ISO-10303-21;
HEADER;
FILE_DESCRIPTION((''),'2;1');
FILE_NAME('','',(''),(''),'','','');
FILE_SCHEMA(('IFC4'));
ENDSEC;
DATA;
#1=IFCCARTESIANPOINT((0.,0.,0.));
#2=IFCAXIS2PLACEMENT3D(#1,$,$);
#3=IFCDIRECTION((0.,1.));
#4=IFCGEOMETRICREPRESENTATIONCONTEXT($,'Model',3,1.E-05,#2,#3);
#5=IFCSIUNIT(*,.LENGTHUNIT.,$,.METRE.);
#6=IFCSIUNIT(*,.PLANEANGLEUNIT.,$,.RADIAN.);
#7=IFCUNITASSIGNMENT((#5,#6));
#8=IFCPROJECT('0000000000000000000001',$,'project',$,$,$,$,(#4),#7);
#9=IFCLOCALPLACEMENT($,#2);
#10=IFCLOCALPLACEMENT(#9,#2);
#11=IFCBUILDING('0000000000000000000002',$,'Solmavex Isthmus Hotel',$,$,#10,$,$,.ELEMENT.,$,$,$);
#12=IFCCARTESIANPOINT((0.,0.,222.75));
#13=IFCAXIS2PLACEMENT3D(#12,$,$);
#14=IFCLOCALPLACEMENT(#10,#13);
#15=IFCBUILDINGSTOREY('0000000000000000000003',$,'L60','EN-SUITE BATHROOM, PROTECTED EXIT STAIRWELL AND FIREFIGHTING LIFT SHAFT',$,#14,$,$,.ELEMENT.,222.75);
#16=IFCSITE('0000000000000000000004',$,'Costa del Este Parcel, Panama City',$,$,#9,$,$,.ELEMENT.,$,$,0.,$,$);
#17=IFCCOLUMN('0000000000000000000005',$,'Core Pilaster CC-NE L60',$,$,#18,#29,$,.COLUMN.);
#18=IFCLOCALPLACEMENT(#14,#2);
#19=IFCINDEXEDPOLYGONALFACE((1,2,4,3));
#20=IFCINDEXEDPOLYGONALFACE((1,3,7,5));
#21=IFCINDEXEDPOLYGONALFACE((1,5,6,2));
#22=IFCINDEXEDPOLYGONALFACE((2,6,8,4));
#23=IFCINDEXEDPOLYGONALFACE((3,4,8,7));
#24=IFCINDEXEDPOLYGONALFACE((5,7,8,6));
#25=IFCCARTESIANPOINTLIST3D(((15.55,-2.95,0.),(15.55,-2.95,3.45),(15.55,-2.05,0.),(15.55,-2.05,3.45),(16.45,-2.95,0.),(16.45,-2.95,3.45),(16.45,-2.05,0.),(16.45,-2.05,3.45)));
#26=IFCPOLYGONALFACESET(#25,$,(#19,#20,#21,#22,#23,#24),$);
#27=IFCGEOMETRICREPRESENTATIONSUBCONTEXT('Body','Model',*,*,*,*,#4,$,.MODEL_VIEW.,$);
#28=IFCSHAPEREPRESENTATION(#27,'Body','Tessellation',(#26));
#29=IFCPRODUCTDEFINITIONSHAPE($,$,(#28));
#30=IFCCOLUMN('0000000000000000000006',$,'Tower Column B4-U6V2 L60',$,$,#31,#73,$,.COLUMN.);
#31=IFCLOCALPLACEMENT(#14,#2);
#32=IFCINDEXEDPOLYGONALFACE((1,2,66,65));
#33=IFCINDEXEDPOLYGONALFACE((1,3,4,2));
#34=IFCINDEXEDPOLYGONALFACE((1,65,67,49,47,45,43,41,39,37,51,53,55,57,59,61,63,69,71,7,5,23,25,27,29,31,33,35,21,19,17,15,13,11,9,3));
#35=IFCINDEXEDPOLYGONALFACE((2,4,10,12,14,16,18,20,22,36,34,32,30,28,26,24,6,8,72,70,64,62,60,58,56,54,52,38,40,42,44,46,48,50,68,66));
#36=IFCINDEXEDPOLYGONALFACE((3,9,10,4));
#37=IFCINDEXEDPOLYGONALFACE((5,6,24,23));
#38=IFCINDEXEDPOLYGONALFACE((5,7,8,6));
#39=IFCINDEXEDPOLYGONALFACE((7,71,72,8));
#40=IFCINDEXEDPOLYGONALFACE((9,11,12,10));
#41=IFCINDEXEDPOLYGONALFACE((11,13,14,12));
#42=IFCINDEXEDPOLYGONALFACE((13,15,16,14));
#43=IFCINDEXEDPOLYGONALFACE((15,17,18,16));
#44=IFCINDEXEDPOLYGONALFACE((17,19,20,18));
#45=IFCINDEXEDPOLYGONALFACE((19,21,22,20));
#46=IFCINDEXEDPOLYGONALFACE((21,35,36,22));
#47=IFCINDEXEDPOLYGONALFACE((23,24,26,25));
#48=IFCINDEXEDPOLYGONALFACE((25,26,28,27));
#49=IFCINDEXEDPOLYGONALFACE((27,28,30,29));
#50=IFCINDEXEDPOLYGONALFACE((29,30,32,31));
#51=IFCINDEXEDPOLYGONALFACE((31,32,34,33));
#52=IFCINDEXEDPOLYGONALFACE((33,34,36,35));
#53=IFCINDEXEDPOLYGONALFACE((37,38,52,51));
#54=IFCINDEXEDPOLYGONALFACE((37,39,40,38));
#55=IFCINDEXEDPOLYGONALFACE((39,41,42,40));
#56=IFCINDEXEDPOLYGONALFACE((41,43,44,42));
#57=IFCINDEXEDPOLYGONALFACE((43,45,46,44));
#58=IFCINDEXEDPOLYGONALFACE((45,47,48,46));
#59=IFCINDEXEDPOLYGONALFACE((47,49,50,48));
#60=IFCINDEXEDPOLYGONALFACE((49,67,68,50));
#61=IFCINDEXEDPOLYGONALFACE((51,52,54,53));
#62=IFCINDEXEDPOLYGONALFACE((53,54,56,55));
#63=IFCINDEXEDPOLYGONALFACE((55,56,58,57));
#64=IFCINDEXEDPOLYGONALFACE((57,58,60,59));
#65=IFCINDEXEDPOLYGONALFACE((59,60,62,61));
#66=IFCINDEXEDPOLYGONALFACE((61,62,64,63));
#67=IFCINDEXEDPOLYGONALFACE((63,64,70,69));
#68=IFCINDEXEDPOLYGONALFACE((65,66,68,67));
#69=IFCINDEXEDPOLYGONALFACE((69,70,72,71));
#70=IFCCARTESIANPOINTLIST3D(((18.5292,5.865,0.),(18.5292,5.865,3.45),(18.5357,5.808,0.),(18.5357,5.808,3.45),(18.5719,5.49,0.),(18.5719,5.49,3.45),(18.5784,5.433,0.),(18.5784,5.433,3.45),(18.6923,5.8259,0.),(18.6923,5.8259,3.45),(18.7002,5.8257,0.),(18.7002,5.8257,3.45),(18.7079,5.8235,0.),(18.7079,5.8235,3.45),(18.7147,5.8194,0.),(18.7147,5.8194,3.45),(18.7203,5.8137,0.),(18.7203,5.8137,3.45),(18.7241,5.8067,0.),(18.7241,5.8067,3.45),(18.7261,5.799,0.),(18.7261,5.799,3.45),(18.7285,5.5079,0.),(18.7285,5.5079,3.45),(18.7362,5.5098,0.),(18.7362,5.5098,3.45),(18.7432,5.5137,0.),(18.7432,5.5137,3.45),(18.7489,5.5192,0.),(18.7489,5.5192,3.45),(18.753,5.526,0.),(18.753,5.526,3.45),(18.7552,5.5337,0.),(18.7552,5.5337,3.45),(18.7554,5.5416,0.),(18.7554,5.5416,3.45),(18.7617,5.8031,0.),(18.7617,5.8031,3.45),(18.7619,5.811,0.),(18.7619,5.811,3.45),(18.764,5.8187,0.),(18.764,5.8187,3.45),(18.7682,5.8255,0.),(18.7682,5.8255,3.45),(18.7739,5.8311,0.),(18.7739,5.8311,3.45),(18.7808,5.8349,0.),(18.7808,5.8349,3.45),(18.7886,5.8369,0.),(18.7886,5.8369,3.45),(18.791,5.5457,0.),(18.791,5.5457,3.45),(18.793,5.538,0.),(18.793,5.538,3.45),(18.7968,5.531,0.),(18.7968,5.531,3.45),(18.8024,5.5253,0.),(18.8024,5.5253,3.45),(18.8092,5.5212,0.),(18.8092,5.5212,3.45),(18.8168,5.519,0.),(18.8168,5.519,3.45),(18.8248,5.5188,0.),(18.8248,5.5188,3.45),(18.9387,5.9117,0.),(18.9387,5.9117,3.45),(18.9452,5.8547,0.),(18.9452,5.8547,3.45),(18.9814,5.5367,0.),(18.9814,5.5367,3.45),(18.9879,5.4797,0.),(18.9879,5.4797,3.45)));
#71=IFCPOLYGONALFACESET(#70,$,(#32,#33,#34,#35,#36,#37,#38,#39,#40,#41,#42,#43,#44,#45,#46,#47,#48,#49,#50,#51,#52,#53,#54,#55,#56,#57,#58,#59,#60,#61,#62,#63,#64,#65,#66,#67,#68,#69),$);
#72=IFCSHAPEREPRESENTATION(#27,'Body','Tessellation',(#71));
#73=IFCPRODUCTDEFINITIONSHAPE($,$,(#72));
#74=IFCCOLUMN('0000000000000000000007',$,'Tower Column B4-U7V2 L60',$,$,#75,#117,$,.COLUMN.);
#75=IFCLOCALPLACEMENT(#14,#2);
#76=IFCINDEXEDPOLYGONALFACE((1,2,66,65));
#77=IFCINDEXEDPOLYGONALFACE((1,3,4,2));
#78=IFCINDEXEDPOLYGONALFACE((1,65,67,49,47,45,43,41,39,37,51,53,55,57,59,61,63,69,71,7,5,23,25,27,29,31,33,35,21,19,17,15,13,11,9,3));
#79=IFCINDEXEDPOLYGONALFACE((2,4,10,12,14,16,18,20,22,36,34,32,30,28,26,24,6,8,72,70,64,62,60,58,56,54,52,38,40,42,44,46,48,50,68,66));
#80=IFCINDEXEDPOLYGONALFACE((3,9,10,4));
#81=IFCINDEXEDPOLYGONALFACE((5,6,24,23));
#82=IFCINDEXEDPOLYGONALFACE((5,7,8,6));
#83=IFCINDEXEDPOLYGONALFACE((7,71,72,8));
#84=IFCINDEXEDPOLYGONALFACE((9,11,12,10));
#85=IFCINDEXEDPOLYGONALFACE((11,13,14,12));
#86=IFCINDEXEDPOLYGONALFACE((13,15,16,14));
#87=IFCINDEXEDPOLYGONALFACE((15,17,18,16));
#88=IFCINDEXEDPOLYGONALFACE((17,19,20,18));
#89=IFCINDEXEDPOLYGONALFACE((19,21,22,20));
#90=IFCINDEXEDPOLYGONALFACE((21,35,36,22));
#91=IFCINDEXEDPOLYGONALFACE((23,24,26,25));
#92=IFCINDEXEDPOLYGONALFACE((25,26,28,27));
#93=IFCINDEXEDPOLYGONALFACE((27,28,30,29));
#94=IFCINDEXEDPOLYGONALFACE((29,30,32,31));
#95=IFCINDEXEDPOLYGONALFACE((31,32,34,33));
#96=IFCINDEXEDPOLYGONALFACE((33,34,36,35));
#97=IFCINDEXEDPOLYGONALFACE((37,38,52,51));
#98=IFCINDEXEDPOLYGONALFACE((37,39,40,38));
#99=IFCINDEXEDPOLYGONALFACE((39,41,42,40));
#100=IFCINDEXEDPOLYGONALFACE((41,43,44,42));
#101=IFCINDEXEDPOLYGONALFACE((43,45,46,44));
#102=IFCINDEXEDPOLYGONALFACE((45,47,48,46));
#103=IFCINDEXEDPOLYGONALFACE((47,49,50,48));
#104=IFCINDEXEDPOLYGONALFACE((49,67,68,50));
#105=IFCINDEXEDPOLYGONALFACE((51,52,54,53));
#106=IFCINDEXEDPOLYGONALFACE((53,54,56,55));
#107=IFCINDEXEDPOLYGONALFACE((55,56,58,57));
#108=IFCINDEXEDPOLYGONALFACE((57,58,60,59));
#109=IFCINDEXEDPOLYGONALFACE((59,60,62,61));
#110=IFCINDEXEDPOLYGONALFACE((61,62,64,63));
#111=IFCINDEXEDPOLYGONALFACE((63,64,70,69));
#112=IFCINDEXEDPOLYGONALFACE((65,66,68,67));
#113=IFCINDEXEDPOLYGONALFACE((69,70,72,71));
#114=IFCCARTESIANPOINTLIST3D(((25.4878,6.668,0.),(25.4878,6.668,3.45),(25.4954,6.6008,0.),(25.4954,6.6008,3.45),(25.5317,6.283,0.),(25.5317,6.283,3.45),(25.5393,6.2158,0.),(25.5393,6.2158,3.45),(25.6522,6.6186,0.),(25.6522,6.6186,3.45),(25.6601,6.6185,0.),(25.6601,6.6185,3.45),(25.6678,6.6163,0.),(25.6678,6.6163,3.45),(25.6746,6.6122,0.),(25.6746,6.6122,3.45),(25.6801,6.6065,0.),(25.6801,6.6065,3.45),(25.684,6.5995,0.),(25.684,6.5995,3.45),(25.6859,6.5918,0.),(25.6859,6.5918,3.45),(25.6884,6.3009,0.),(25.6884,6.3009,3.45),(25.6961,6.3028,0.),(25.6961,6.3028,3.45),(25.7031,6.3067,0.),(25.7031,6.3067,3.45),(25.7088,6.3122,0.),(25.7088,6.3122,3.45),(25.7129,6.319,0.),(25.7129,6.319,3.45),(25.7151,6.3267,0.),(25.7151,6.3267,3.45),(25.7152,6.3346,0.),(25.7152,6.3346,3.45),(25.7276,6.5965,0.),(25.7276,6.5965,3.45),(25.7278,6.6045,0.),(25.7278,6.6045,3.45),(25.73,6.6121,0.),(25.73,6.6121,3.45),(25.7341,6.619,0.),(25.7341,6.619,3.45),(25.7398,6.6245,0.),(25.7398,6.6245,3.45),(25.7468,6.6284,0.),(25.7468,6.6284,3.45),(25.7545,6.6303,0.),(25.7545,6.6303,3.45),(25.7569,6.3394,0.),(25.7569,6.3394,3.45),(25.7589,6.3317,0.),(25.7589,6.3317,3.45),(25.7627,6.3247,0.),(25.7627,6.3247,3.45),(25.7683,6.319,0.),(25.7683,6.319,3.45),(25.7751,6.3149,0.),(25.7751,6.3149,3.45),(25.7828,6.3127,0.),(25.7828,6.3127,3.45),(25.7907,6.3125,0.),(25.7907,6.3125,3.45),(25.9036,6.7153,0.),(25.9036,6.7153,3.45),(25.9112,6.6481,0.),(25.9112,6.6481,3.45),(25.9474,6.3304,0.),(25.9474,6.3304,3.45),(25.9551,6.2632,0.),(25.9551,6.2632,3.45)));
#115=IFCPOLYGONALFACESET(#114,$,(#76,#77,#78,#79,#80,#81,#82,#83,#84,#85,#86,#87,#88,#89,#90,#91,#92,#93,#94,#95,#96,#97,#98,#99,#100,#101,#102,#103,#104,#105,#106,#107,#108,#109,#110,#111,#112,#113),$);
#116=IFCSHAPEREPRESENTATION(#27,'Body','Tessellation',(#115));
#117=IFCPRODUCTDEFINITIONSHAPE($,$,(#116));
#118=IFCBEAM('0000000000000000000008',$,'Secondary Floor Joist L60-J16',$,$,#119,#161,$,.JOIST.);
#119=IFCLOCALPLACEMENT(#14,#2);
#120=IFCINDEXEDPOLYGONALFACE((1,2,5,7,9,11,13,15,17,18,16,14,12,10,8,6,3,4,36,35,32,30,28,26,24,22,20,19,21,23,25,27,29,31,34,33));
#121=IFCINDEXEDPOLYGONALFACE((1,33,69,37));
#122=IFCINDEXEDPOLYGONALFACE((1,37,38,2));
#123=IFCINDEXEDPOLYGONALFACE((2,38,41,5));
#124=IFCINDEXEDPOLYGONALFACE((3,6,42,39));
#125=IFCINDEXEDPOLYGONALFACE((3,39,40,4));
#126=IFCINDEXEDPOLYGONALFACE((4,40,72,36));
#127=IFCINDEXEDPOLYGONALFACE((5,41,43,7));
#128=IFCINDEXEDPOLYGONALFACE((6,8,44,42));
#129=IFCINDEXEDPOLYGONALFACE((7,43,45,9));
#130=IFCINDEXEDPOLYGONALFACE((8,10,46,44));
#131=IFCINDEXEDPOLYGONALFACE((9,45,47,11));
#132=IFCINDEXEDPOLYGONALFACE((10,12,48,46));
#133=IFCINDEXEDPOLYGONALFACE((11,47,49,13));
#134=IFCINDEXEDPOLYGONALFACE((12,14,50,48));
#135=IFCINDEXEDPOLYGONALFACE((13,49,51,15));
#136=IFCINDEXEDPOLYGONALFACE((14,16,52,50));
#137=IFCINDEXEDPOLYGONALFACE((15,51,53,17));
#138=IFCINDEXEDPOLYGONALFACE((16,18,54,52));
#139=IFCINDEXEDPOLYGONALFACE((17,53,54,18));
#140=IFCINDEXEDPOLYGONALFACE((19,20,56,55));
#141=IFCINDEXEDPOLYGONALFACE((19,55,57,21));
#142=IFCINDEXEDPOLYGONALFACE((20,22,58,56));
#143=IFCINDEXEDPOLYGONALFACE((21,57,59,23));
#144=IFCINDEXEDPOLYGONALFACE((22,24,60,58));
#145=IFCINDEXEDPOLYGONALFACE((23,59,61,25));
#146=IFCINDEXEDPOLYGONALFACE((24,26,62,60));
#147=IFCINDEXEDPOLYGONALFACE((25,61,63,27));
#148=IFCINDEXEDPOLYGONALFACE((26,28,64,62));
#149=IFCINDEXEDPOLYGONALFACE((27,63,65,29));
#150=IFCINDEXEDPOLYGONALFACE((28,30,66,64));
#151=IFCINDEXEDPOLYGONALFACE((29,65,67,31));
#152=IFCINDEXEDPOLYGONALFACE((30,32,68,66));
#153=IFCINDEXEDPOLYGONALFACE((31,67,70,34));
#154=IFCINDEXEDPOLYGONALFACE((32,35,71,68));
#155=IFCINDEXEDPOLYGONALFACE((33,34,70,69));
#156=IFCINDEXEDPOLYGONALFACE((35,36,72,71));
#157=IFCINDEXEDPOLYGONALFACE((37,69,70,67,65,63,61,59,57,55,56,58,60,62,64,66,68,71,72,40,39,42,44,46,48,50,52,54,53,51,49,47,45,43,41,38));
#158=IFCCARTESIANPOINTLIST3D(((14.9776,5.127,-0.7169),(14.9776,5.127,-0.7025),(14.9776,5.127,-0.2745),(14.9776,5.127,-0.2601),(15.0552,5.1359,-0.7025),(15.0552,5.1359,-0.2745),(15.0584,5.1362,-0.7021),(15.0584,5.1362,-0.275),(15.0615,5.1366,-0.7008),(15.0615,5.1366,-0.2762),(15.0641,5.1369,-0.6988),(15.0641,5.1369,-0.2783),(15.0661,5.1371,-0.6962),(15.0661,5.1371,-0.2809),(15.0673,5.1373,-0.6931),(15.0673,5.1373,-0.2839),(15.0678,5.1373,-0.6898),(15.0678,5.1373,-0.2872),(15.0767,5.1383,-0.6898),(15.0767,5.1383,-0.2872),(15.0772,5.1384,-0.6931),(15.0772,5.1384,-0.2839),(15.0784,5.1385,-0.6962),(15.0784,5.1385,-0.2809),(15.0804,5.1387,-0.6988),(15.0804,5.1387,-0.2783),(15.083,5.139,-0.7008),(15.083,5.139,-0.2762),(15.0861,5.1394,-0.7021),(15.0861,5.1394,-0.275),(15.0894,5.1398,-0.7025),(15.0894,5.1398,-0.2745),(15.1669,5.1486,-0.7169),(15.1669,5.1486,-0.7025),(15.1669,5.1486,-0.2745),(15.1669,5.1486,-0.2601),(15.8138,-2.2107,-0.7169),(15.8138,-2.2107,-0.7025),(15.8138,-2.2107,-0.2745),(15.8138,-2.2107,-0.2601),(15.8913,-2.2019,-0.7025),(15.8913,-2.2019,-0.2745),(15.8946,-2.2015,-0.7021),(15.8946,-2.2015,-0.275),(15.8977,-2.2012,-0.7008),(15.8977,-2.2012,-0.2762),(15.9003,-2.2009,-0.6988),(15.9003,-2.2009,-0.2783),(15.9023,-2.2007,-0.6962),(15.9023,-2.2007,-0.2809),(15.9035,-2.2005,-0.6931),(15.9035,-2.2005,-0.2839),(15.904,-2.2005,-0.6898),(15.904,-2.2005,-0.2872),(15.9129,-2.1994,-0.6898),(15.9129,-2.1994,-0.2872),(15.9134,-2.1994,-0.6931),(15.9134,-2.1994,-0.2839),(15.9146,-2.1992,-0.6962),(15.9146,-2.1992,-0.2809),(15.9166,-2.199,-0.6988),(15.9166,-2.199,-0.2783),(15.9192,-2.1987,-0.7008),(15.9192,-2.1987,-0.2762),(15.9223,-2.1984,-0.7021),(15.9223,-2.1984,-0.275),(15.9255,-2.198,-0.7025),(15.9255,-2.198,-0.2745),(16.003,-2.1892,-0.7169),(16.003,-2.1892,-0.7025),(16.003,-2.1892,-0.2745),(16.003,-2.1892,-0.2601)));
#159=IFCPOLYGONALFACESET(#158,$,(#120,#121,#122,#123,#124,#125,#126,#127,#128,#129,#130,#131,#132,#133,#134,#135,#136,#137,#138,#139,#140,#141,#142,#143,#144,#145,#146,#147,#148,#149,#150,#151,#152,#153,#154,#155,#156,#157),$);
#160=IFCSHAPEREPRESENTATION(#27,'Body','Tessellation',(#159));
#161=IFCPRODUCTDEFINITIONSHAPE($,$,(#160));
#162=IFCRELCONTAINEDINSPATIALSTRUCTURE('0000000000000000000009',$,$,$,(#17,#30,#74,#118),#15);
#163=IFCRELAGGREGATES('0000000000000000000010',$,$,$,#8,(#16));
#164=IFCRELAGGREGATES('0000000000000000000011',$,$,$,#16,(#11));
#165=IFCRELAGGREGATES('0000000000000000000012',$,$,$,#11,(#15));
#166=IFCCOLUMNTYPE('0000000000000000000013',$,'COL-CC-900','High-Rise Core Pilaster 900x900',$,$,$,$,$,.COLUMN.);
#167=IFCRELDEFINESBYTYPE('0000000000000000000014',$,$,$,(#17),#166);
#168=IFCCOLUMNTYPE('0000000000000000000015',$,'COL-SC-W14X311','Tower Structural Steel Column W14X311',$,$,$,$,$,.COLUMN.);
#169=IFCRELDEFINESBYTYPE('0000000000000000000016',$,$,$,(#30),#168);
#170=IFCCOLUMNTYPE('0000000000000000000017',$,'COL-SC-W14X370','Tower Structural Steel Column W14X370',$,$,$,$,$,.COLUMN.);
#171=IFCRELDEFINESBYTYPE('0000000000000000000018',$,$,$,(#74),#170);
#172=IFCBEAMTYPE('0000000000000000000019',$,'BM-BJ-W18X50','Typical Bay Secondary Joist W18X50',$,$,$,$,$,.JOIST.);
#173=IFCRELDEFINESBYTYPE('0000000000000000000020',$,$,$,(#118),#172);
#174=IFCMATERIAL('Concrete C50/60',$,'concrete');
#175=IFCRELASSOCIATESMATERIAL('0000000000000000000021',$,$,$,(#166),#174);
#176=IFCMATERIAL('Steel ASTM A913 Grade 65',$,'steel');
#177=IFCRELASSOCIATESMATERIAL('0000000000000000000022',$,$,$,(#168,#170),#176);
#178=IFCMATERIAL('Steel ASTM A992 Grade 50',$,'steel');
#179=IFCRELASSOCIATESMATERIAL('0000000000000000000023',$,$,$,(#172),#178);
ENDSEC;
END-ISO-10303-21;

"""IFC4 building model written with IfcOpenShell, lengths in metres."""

from ifc_helpers import new_model, si_unit, direction, frame, origin, origin_2d, place, context, subcontext, project, spatial, rectangle, i_section, extrude, material, material_profile, profile_set, type_object, element, save


model = new_model("IFC4")

# Units and contexts
model_context = context("Model", 3, precision=1e-05, world=origin(), true_north=direction((0.0, 1.0)))
body_context = subcontext(model_context, "Body", "Model", "MODEL_VIEW")
ifc_project = project(units=[si_unit("LENGTHUNIT", "METRE"), si_unit("PLANEANGLEUNIT", "RADIAN")], contexts=[model_context])

# Site, building, storey
site_placement = place(None, origin())
site = spatial("IfcSite", under=ifc_project, at=site_placement, Name="Costa del Este Parcel, Panama City", CompositionType="ELEMENT", RefElevation=0.0)
building_placement = place(site_placement, origin())
building = spatial("IfcBuilding", under=site, at=building_placement, Name="Solmavex Isthmus Hotel", CompositionType="ELEMENT")
storey_placement = place(building_placement, frame((0.0, 0.0, 222.75)))
storey = spatial("IfcBuildingStorey", under=building, at=storey_placement, Name="L60", Description="EN-SUITE BATHROOM, PROTECTED EXIT STAIRWELL AND FIREFIGHTING LIFT SHAFT", CompositionType="ELEMENT", Elevation=222.75)

# Columns
ifc_material_1 = material(Name="Concrete C50/60", Category="concrete")
ifc_material_profile_1 = material_profile(ifc_material_1, rectangle(XDim=0.8999, YDim=0.8999, at=origin_2d()), Name="RC900X900")
ifc_profile_set_1 = profile_set([ifc_material_profile_1], Name="Concrete C50/60")
column_type_1 = type_object("IfcColumnType", Name="COL-CC-900", Description="High-Rise Core Pilaster 900x900", PredefinedType="COLUMN", material=ifc_profile_set_1)
column_1_placement = place(storey_placement, frame((16.0, -2.5, 0.0), z_axis=(0.0, 0.0, 1.0), x_axis=(1.0, 0.0, 0.0)))
element("IfcColumn", 1, at=column_1_placement, inside=storey, type_object=column_type_1, Name="Core Pilaster CC-NE L60", PredefinedType="COLUMN", context=body_context, shape_type="SweptSolid", body=[
    extrude(rectangle(XDim=0.8999, YDim=0.8999, at=origin_2d()), origin(), (0.0, 0.0, 1.0), 3.45),
])
ifc_material_2 = material(Name="Steel ASTM A913 Grade 65", Category="steel")
ifc_material_profile_2 = material_profile(ifc_material_2, i_section(OverallWidth=0.4121, OverallDepth=0.4348, WebThickness=0.0359, FlangeThickness=0.0574, FilletRadius=0.0305, at=origin_2d()), Name="W14X311")
ifc_profile_set_2 = profile_set([ifc_material_profile_2], Name="Steel ASTM A913 Grade 65")
column_type_2 = type_object("IfcColumnType", Name="COL-SC-W14X311", Description="Tower Structural Steel Column W14X311", PredefinedType="COLUMN", material=ifc_profile_set_2)
column_2_placement = place(storey_placement, frame((18.7585, 5.6724, 0.0), z_axis=(0.0, 0.0, 1.0), x_axis=(0.993572, 0.113203, 0.0)))
element("IfcColumn", 2, at=column_2_placement, inside=storey, type_object=column_type_2, Name="Tower Column B4-U6V2 L60", PredefinedType="COLUMN", context=body_context, shape_type="SweptSolid", body=[
    extrude(i_section(OverallWidth=0.4121, OverallDepth=0.4348, WebThickness=0.0359, FlangeThickness=0.0574, FilletRadius=0.0305, at=origin_2d()), origin(), (0.0, 0.0, 1.0), 3.45),
])
ifc_material_profile_3 = material_profile(ifc_material_2, i_section(OverallWidth=0.4185, OverallDepth=0.4551, WebThickness=0.042, FlangeThickness=0.0676, FilletRadius=0.0305, at=origin_2d()), Name="W14X370")
ifc_profile_set_3 = profile_set([ifc_material_profile_3], Name="Steel ASTM A913 Grade 65")
column_type_3 = type_object("IfcColumnType", Name="COL-SC-W14X370", Description="Tower Structural Steel Column W14X370", PredefinedType="COLUMN", material=ifc_profile_set_3)
column_3_placement = place(storey_placement, frame((25.7214, 6.4656, 0.0), z_axis=(0.0, 0.0, 1.0), x_axis=(0.993572, 0.113203, 0.0)))
element("IfcColumn", 3, at=column_3_placement, inside=storey, type_object=column_type_3, Name="Tower Column B4-U7V2 L60", PredefinedType="COLUMN", context=body_context, shape_type="SweptSolid", body=[
    extrude(i_section(OverallWidth=0.4185, OverallDepth=0.4551, WebThickness=0.042, FlangeThickness=0.0676, FilletRadius=0.0305, at=origin_2d()), origin(), (0.0, 0.0, 1.0), 3.45),
])

# Beam
ifc_material_3 = material(Name="Steel ASTM A992 Grade 50", Category="steel")
ifc_material_profile_4 = material_profile(ifc_material_3, i_section(OverallWidth=0.1904, OverallDepth=0.4568, WebThickness=0.009, FlangeThickness=0.0144, FilletRadius=0.0127, at=origin_2d()), Name="W18X50")
ifc_profile_set_4 = profile_set([ifc_material_profile_4], Name="Steel ASTM A992 Grade 50")
beam_type_1 = type_object("IfcBeamType", Name="BM-BJ-W18X50", Description="Typical Bay Secondary Joist W18X50", PredefinedType="JOIST", material=ifc_profile_set_4)
beam_1_placement = place(storey_placement, frame((15.9084, -2.2, -0.4885), z_axis=(-0.113225, 0.993569, 0.0), x_axis=(-0.993569, -0.113225, 0.0)))
element("IfcBeam", 4, at=beam_1_placement, inside=storey, type_object=beam_type_1, Name="Secondary Floor Joist L60-J16", PredefinedType="JOIST", context=body_context, shape_type="SweptSolid", body=[
    extrude(i_section(OverallWidth=0.1904, OverallDepth=0.4568, WebThickness=0.009, FlangeThickness=0.0144, FilletRadius=0.0127, at=origin_2d()), origin(), (0.0, 0.0, 1.0), 7.3853),
])

save(model, "model.ifc")
